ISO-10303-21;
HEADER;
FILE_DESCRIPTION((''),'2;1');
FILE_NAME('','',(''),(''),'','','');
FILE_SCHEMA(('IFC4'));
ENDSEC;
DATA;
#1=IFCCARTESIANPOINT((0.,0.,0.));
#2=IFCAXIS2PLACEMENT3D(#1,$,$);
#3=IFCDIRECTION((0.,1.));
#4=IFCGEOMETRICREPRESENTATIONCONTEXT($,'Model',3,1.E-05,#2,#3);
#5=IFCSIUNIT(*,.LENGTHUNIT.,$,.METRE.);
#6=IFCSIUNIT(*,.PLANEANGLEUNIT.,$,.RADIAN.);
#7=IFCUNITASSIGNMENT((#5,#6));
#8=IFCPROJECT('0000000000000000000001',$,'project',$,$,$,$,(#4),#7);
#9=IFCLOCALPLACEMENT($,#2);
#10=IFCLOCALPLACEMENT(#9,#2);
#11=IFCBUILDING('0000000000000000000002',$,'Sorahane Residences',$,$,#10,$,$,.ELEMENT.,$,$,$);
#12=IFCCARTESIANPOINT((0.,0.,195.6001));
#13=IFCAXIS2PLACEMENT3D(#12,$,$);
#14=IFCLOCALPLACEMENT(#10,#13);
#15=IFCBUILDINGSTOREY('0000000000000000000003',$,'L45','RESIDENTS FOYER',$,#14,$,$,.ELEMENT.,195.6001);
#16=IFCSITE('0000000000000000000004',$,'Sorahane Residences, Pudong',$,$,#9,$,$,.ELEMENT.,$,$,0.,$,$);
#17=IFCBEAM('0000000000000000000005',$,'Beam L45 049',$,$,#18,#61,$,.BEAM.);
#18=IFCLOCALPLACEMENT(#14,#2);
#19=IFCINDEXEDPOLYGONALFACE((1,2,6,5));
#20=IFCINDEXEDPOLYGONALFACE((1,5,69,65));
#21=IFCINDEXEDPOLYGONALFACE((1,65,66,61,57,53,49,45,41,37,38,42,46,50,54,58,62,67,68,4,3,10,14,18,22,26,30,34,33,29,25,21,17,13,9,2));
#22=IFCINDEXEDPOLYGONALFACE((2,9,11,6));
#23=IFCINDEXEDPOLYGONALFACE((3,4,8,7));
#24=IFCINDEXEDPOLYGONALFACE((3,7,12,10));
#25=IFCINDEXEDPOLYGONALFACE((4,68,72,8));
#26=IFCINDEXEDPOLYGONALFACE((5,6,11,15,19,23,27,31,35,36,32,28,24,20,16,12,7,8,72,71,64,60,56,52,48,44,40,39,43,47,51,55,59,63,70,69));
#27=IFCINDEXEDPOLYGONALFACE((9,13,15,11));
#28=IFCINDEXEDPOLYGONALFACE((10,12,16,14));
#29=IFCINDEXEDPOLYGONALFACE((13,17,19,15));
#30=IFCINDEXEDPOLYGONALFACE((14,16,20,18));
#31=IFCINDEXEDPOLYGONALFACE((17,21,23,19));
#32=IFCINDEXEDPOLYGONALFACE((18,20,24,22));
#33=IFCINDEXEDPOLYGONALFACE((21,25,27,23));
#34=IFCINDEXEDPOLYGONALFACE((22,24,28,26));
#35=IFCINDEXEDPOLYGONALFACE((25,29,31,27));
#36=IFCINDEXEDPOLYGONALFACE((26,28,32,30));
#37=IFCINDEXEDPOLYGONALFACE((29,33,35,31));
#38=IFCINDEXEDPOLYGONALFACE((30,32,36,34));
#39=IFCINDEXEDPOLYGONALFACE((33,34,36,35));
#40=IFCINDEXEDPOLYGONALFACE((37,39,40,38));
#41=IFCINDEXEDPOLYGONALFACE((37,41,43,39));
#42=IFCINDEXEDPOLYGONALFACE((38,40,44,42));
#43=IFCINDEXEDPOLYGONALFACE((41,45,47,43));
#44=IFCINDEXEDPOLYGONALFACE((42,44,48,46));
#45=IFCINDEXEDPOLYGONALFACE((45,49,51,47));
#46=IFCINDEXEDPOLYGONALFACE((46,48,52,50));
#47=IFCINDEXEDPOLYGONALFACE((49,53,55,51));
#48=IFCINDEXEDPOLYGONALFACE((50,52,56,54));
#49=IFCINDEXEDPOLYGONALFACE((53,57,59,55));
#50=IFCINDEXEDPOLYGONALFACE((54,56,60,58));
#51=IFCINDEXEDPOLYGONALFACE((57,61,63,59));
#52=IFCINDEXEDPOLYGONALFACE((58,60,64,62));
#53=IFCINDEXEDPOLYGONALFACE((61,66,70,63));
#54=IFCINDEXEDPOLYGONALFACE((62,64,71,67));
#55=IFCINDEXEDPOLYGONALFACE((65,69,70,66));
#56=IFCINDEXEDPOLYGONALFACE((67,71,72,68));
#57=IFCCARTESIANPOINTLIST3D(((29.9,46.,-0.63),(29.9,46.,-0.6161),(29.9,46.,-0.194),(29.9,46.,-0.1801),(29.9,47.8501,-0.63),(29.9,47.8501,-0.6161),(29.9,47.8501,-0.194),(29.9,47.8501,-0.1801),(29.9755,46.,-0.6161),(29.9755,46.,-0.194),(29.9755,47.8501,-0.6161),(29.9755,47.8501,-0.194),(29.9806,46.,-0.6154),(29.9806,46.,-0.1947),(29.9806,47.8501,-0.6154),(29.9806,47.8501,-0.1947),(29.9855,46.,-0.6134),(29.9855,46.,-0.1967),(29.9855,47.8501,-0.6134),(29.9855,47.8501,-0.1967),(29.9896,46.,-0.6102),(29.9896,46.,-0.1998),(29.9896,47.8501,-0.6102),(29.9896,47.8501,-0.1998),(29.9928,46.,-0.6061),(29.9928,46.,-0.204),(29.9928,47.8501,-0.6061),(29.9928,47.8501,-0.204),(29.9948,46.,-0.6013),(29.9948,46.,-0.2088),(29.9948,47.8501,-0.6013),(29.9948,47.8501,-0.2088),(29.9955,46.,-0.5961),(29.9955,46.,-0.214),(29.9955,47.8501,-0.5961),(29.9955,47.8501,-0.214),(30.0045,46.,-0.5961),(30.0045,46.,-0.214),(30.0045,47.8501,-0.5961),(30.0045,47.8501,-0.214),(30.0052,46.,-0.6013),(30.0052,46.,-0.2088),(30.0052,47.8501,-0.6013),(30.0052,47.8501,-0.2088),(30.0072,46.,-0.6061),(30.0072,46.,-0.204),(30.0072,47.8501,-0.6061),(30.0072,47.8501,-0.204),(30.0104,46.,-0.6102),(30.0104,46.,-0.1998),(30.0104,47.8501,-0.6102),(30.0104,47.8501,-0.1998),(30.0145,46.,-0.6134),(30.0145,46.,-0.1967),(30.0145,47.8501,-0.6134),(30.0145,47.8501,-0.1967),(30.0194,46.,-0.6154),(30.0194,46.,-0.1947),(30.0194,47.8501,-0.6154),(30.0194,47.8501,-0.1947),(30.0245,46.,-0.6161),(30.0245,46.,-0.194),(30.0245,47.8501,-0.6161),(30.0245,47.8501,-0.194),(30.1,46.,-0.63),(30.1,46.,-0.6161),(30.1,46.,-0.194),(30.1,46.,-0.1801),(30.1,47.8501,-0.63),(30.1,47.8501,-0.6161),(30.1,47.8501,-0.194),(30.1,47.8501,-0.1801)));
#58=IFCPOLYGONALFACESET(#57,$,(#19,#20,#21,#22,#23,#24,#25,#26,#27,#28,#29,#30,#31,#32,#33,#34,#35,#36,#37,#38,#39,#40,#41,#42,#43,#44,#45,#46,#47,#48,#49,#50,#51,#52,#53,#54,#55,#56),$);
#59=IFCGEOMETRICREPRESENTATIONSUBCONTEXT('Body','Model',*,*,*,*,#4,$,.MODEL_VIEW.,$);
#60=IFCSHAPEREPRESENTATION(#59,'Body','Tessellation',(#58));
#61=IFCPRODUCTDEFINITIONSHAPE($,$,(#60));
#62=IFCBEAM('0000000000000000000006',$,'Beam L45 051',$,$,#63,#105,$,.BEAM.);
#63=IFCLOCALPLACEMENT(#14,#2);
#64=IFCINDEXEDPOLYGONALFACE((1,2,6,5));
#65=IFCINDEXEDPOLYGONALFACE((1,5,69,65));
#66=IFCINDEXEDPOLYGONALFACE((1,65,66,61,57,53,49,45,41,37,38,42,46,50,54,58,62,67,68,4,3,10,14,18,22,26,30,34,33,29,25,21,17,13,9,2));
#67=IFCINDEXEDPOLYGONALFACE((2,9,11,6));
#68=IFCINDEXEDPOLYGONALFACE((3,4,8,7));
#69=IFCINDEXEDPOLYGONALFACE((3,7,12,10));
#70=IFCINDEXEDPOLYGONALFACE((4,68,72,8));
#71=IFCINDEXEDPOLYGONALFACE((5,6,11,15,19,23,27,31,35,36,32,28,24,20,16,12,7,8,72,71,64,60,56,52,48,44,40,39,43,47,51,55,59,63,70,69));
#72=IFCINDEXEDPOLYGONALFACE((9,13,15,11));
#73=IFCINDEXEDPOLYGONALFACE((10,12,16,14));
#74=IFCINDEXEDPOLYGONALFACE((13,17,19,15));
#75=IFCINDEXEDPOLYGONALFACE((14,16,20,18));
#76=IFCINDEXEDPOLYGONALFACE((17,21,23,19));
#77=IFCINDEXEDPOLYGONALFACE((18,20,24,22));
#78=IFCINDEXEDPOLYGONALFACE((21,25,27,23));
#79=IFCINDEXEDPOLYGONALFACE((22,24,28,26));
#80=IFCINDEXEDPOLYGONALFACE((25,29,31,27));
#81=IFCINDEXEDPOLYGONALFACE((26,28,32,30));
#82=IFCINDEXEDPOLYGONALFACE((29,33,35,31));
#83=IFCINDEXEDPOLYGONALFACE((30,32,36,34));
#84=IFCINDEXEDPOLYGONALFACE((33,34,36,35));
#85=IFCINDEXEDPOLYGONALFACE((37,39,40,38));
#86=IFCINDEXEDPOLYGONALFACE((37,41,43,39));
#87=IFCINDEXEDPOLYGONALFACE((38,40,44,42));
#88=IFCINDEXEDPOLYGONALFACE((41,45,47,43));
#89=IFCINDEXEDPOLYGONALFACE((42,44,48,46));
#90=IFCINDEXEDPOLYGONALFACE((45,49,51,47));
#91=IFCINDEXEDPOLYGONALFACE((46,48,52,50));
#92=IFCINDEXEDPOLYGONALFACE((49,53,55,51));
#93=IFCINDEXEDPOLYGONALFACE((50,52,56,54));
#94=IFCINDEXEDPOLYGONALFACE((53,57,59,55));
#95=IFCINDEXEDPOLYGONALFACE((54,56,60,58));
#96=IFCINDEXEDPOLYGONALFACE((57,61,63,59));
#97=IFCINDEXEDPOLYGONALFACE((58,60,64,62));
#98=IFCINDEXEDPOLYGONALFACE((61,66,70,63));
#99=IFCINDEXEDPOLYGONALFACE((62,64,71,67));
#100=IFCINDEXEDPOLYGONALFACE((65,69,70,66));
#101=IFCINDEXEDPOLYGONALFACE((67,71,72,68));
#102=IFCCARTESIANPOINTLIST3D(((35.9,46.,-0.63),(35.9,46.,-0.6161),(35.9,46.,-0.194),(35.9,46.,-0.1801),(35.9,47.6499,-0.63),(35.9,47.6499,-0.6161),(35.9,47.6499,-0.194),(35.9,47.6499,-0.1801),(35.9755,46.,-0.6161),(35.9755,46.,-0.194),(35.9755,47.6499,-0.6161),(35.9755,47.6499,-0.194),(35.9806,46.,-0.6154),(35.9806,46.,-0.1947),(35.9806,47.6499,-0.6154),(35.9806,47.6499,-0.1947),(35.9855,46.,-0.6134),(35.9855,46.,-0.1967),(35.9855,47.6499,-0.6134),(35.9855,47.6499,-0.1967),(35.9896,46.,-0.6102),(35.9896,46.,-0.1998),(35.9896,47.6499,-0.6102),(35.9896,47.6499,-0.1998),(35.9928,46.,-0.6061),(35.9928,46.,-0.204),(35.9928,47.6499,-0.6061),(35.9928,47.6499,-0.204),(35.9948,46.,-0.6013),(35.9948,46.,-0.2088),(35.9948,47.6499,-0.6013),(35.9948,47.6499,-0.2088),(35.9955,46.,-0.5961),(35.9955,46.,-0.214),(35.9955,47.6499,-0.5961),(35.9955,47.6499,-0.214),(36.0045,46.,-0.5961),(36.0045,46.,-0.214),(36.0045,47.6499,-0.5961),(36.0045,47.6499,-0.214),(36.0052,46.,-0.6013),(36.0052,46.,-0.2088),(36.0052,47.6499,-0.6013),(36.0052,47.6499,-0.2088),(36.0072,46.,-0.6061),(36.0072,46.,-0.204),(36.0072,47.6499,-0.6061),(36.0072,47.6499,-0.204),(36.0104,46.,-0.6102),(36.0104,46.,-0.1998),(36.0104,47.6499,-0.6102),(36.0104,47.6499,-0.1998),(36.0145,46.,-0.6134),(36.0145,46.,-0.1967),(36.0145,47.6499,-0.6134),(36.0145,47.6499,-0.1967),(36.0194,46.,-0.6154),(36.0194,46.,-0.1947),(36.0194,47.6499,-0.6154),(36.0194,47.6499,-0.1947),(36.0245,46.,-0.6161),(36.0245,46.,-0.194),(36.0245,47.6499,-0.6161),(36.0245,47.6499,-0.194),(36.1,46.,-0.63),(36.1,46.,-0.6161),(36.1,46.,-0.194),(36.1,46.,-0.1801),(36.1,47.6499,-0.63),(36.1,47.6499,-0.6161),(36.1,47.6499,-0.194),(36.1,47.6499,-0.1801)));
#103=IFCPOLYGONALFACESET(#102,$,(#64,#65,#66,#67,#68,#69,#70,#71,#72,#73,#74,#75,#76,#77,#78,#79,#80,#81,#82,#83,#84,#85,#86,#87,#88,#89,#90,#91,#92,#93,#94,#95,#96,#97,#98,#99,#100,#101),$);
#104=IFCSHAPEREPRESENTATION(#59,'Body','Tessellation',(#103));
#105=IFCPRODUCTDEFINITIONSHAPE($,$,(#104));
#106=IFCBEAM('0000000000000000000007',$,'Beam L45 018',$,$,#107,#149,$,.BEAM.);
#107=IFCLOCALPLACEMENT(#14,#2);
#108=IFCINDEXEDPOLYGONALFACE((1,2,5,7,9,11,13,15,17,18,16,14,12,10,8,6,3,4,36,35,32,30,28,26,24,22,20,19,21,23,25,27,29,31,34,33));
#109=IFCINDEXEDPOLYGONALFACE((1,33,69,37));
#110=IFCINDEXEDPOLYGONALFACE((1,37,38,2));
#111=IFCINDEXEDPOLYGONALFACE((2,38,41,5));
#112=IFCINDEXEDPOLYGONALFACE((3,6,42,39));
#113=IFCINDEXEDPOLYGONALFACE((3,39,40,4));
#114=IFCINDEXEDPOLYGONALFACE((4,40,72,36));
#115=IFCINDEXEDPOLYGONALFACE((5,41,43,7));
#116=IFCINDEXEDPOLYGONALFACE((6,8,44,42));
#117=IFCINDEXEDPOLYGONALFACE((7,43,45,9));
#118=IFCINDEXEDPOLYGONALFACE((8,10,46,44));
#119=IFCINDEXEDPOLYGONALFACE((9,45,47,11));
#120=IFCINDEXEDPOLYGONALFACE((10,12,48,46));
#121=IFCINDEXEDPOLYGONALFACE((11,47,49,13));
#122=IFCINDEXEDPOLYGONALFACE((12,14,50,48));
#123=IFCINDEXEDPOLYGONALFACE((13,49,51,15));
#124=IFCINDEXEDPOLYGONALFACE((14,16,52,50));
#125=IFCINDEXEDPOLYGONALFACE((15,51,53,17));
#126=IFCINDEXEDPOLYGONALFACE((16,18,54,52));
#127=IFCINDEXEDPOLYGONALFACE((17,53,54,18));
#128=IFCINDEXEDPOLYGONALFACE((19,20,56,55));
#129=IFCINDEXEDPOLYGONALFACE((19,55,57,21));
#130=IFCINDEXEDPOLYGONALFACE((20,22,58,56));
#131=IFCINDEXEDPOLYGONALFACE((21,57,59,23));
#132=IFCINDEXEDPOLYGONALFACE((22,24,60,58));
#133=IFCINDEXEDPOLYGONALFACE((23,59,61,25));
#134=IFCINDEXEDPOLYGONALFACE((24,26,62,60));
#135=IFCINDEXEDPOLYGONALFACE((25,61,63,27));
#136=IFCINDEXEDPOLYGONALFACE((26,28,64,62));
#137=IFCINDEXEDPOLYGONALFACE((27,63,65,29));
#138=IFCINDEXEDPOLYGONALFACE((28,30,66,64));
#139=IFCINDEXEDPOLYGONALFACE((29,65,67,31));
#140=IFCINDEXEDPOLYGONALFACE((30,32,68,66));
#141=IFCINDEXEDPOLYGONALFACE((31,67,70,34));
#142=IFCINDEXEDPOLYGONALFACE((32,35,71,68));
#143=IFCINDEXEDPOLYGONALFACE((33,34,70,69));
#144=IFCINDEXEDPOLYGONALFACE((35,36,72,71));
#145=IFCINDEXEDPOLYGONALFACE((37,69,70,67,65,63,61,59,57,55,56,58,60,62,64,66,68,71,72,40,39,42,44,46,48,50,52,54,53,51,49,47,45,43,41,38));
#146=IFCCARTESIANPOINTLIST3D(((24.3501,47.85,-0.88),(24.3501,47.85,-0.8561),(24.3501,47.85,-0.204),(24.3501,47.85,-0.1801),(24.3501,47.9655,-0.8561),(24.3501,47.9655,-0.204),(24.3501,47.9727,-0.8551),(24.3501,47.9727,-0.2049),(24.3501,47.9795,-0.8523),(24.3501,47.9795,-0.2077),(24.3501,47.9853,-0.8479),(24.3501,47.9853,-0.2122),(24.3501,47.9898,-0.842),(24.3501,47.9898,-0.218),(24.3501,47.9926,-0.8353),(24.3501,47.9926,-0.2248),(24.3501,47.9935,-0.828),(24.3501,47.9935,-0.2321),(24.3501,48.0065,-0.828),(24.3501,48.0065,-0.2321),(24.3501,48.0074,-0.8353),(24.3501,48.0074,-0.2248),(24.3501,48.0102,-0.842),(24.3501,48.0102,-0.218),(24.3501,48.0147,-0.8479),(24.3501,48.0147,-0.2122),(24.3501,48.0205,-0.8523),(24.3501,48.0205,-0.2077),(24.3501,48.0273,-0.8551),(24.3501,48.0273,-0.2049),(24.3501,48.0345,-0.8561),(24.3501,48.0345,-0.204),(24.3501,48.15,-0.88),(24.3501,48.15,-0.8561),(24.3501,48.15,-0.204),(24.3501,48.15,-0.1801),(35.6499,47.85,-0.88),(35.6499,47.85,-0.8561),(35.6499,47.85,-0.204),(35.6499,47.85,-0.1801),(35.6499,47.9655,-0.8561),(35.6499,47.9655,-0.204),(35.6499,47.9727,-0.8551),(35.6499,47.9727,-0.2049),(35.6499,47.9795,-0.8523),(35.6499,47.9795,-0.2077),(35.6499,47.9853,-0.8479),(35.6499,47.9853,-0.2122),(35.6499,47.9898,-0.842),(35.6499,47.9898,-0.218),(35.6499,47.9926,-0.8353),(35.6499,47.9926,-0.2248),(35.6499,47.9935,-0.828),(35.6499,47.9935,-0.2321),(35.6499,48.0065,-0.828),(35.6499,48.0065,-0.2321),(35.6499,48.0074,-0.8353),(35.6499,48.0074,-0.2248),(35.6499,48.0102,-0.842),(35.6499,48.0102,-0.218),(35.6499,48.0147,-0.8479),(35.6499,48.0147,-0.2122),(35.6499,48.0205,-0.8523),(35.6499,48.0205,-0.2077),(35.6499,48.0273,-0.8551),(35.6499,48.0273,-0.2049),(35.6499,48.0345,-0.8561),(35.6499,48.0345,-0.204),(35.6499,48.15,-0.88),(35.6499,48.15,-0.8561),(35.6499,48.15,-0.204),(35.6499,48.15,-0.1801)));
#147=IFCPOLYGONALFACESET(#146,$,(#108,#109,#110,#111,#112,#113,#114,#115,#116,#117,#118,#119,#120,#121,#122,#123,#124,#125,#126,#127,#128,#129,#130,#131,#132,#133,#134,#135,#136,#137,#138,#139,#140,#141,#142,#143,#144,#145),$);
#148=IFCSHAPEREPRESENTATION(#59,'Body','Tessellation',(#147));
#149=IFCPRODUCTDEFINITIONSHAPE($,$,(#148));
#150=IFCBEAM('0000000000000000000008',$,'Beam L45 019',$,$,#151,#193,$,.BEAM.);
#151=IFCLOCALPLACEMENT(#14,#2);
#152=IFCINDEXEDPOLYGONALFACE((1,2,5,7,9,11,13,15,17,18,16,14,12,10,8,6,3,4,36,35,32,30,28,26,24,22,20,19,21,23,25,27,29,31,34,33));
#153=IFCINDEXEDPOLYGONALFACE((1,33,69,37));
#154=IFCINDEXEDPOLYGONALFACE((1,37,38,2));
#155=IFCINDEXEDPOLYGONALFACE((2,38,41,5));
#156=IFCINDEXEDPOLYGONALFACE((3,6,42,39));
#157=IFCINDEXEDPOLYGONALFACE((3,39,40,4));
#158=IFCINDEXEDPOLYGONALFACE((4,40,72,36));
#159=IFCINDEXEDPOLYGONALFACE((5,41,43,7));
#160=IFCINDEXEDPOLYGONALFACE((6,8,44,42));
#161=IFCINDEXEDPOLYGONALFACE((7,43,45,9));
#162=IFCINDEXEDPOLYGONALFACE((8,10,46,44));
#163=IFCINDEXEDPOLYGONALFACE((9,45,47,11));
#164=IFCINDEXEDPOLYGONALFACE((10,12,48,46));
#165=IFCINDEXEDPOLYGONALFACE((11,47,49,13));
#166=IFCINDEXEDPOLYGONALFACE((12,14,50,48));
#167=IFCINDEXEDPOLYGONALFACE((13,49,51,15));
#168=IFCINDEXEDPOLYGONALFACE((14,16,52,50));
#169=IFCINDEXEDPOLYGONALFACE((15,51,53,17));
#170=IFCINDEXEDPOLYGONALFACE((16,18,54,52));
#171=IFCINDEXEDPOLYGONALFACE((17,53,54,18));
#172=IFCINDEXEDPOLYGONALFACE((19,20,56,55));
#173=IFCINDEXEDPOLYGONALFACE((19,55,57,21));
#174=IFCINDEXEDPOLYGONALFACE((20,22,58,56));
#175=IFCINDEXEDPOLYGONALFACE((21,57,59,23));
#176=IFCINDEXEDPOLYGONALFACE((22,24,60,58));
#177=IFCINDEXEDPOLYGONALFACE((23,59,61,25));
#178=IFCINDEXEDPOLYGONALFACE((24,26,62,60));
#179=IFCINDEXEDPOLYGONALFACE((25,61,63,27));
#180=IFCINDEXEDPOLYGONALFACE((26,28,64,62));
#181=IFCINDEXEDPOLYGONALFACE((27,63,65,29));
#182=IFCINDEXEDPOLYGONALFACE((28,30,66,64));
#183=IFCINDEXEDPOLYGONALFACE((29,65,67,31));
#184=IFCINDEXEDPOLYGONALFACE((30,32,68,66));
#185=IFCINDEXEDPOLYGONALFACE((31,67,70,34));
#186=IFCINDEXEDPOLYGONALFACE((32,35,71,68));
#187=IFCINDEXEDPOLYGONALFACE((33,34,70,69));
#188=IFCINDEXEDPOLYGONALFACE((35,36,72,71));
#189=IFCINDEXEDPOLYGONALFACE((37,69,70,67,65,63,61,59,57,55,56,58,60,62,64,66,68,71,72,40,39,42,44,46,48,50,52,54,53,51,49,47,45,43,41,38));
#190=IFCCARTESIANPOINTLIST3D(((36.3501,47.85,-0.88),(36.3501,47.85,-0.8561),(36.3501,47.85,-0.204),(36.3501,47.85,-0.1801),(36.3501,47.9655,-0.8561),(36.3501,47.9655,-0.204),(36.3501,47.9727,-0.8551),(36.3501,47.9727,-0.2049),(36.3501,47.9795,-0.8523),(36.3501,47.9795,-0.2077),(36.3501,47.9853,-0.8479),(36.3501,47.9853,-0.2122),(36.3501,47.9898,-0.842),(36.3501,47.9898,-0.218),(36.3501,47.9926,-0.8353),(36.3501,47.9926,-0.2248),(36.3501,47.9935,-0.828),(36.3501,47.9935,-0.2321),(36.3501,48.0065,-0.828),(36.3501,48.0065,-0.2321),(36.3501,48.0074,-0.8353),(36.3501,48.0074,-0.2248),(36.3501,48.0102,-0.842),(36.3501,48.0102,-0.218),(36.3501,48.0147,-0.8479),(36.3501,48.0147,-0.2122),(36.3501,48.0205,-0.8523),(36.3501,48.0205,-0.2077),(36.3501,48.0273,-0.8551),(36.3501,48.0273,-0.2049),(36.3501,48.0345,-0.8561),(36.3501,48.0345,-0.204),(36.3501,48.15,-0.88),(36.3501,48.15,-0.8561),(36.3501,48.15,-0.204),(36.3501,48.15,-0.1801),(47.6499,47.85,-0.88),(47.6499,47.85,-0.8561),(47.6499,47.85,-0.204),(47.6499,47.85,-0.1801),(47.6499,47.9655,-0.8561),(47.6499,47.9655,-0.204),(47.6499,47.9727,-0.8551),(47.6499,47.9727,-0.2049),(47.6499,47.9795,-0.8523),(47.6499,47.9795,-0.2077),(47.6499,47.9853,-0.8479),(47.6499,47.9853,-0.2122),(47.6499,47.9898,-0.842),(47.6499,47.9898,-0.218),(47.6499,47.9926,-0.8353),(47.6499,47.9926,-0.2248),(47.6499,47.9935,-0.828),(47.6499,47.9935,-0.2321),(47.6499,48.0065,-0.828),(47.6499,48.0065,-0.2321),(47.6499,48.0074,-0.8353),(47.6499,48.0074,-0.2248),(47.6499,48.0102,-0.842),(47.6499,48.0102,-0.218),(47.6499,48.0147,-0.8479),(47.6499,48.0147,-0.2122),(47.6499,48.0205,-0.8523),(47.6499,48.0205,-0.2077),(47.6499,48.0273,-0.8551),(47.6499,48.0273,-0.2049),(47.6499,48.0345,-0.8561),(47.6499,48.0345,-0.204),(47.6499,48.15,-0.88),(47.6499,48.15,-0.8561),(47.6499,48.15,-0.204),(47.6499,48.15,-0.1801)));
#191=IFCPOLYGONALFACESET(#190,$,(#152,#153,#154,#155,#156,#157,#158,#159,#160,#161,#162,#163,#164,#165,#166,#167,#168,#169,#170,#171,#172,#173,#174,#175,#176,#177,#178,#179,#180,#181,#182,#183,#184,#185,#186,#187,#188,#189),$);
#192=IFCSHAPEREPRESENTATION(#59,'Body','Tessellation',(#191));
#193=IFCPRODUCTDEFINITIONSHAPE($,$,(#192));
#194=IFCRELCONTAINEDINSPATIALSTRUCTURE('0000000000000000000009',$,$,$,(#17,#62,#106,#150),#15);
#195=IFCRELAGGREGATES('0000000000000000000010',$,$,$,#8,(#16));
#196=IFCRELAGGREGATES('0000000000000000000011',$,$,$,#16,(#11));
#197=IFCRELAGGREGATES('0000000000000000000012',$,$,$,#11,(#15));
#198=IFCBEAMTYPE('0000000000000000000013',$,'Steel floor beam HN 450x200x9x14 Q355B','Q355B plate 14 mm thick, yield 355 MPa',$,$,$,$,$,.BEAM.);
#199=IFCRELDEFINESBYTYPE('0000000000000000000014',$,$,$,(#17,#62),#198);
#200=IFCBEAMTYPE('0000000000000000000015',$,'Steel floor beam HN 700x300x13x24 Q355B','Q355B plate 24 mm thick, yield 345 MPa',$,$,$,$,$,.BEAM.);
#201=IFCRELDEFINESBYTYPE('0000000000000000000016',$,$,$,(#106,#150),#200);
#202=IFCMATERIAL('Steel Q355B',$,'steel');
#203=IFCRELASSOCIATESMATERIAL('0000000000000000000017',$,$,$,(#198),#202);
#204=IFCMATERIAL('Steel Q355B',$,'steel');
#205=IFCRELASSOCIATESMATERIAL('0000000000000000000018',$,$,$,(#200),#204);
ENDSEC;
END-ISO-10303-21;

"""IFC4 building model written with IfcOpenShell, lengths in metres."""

from ifc_helpers import new_model, si_unit, direction, frame, origin, origin_2d, place, context, subcontext, project, spatial, i_section, extrude, material, material_profile, profile_set, type_object, element, save


model = new_model("IFC4")

# Units and contexts
model_context = context("Model", 3, precision=1e-05, world=origin(), true_north=direction((0.0, 1.0)))
body_context = subcontext(model_context, "Body", "Model", "MODEL_VIEW")
ifc_project = project(units=[si_unit("LENGTHUNIT", "METRE"), si_unit("PLANEANGLEUNIT", "RADIAN")], contexts=[model_context])

# Site, building, storey
site_placement = place(None, origin())
site = spatial("IfcSite", under=ifc_project, at=site_placement, Name="Sorahane Residences, Pudong", CompositionType="ELEMENT", RefElevation=0.0)
building_placement = place(site_placement, origin())
building = spatial("IfcBuilding", under=site, at=building_placement, Name="Sorahane Residences", CompositionType="ELEMENT")
storey_placement = place(building_placement, frame((0.0, 0.0, 195.6001)))
storey = spatial("IfcBuildingStorey", under=building, at=storey_placement, Name="L45", Description="RESIDENTS FOYER", CompositionType="ELEMENT", Elevation=195.6001)

# Beams
ifc_material_1 = material(Name="Steel Q355B", Category="steel")
ifc_material_profile_1 = material_profile(ifc_material_1, i_section(OverallWidth=0.2, OverallDepth=0.45, WebThickness=0.009, FlangeThickness=0.0139, FilletRadius=0.02, at=origin_2d()), Name="HN 450x200x9x14")
ifc_profile_set_1 = profile_set([ifc_material_profile_1], Name="Steel Q355B")
beam_type_1 = type_object("IfcBeamType", Name="Steel floor beam HN 450x200x9x14 Q355B", Description="Q355B plate 14 mm thick, yield 355 MPa", PredefinedType="BEAM", material=ifc_profile_set_1)
beam_1_placement = place(storey_placement, frame((30.0, 46.0, -0.405), z_axis=(0.0, 1.0, 0.0), x_axis=(-1.0, 0.0, 0.0)))
element("IfcBeam", 1, at=beam_1_placement, inside=storey, type_object=beam_type_1, Name="Beam L45 049", PredefinedType="BEAM", context=body_context, shape_type="SweptSolid", body=[
    extrude(i_section(OverallWidth=0.2, OverallDepth=0.45, WebThickness=0.009, FlangeThickness=0.0139, FilletRadius=0.02, at=origin_2d()), origin(), (0.0, 0.0, 1.0), 1.8501),
])
beam_2_placement = place(storey_placement, frame((36.0, 46.0, -0.405), z_axis=(0.0, 1.0, 0.0), x_axis=(-1.0, 0.0, 0.0)))
element("IfcBeam", 2, at=beam_2_placement, inside=storey, type_object=beam_type_1, Name="Beam L45 051", PredefinedType="BEAM", context=body_context, shape_type="SweptSolid", body=[
    extrude(i_section(OverallWidth=0.2, OverallDepth=0.45, WebThickness=0.009, FlangeThickness=0.0139, FilletRadius=0.02, at=origin_2d()), origin(), (0.0, 0.0, 1.0), 1.6499),
])
ifc_material_2 = material(Name="Steel Q355B", Category="steel")
ifc_material_profile_2 = material_profile(ifc_material_2, i_section(OverallWidth=0.3, OverallDepth=0.7, WebThickness=0.0129, FlangeThickness=0.0239, FilletRadius=0.0281, at=origin_2d()), Name="HN 700x300x13x24")
ifc_profile_set_2 = profile_set([ifc_material_profile_2], Name="Steel Q355B")
beam_type_2 = type_object("IfcBeamType", Name="Steel floor beam HN 700x300x13x24 Q355B", Description="Q355B plate 24 mm thick, yield 345 MPa", PredefinedType="BEAM", material=ifc_profile_set_2)
for number, where, z_axis, x_axis, name in (
    (3, (24.3501, 48.0, -0.53), (1.0, 0.0, 0.0), (0.0, 1.0, 0.0), "Beam L45 018"),
    (4, (36.3501, 48.0, -0.53), (1.0, 0.0, 0.0), (0.0, 1.0, 0.0), "Beam L45 019"),
):
    element("IfcBeam", number, at=place(storey_placement, frame(where, z_axis=z_axis, x_axis=x_axis)), inside=storey, type_object=beam_type_2, Name=name, PredefinedType="BEAM", context=body_context, shape_type="SweptSolid", body=[
        extrude(i_section(OverallWidth=0.3, OverallDepth=0.7, WebThickness=0.0129, FlangeThickness=0.0239, FilletRadius=0.0281, at=origin_2d()), origin(), (0.0, 0.0, 1.0), 11.2998),
    ])

save(model, "model.ifc")
